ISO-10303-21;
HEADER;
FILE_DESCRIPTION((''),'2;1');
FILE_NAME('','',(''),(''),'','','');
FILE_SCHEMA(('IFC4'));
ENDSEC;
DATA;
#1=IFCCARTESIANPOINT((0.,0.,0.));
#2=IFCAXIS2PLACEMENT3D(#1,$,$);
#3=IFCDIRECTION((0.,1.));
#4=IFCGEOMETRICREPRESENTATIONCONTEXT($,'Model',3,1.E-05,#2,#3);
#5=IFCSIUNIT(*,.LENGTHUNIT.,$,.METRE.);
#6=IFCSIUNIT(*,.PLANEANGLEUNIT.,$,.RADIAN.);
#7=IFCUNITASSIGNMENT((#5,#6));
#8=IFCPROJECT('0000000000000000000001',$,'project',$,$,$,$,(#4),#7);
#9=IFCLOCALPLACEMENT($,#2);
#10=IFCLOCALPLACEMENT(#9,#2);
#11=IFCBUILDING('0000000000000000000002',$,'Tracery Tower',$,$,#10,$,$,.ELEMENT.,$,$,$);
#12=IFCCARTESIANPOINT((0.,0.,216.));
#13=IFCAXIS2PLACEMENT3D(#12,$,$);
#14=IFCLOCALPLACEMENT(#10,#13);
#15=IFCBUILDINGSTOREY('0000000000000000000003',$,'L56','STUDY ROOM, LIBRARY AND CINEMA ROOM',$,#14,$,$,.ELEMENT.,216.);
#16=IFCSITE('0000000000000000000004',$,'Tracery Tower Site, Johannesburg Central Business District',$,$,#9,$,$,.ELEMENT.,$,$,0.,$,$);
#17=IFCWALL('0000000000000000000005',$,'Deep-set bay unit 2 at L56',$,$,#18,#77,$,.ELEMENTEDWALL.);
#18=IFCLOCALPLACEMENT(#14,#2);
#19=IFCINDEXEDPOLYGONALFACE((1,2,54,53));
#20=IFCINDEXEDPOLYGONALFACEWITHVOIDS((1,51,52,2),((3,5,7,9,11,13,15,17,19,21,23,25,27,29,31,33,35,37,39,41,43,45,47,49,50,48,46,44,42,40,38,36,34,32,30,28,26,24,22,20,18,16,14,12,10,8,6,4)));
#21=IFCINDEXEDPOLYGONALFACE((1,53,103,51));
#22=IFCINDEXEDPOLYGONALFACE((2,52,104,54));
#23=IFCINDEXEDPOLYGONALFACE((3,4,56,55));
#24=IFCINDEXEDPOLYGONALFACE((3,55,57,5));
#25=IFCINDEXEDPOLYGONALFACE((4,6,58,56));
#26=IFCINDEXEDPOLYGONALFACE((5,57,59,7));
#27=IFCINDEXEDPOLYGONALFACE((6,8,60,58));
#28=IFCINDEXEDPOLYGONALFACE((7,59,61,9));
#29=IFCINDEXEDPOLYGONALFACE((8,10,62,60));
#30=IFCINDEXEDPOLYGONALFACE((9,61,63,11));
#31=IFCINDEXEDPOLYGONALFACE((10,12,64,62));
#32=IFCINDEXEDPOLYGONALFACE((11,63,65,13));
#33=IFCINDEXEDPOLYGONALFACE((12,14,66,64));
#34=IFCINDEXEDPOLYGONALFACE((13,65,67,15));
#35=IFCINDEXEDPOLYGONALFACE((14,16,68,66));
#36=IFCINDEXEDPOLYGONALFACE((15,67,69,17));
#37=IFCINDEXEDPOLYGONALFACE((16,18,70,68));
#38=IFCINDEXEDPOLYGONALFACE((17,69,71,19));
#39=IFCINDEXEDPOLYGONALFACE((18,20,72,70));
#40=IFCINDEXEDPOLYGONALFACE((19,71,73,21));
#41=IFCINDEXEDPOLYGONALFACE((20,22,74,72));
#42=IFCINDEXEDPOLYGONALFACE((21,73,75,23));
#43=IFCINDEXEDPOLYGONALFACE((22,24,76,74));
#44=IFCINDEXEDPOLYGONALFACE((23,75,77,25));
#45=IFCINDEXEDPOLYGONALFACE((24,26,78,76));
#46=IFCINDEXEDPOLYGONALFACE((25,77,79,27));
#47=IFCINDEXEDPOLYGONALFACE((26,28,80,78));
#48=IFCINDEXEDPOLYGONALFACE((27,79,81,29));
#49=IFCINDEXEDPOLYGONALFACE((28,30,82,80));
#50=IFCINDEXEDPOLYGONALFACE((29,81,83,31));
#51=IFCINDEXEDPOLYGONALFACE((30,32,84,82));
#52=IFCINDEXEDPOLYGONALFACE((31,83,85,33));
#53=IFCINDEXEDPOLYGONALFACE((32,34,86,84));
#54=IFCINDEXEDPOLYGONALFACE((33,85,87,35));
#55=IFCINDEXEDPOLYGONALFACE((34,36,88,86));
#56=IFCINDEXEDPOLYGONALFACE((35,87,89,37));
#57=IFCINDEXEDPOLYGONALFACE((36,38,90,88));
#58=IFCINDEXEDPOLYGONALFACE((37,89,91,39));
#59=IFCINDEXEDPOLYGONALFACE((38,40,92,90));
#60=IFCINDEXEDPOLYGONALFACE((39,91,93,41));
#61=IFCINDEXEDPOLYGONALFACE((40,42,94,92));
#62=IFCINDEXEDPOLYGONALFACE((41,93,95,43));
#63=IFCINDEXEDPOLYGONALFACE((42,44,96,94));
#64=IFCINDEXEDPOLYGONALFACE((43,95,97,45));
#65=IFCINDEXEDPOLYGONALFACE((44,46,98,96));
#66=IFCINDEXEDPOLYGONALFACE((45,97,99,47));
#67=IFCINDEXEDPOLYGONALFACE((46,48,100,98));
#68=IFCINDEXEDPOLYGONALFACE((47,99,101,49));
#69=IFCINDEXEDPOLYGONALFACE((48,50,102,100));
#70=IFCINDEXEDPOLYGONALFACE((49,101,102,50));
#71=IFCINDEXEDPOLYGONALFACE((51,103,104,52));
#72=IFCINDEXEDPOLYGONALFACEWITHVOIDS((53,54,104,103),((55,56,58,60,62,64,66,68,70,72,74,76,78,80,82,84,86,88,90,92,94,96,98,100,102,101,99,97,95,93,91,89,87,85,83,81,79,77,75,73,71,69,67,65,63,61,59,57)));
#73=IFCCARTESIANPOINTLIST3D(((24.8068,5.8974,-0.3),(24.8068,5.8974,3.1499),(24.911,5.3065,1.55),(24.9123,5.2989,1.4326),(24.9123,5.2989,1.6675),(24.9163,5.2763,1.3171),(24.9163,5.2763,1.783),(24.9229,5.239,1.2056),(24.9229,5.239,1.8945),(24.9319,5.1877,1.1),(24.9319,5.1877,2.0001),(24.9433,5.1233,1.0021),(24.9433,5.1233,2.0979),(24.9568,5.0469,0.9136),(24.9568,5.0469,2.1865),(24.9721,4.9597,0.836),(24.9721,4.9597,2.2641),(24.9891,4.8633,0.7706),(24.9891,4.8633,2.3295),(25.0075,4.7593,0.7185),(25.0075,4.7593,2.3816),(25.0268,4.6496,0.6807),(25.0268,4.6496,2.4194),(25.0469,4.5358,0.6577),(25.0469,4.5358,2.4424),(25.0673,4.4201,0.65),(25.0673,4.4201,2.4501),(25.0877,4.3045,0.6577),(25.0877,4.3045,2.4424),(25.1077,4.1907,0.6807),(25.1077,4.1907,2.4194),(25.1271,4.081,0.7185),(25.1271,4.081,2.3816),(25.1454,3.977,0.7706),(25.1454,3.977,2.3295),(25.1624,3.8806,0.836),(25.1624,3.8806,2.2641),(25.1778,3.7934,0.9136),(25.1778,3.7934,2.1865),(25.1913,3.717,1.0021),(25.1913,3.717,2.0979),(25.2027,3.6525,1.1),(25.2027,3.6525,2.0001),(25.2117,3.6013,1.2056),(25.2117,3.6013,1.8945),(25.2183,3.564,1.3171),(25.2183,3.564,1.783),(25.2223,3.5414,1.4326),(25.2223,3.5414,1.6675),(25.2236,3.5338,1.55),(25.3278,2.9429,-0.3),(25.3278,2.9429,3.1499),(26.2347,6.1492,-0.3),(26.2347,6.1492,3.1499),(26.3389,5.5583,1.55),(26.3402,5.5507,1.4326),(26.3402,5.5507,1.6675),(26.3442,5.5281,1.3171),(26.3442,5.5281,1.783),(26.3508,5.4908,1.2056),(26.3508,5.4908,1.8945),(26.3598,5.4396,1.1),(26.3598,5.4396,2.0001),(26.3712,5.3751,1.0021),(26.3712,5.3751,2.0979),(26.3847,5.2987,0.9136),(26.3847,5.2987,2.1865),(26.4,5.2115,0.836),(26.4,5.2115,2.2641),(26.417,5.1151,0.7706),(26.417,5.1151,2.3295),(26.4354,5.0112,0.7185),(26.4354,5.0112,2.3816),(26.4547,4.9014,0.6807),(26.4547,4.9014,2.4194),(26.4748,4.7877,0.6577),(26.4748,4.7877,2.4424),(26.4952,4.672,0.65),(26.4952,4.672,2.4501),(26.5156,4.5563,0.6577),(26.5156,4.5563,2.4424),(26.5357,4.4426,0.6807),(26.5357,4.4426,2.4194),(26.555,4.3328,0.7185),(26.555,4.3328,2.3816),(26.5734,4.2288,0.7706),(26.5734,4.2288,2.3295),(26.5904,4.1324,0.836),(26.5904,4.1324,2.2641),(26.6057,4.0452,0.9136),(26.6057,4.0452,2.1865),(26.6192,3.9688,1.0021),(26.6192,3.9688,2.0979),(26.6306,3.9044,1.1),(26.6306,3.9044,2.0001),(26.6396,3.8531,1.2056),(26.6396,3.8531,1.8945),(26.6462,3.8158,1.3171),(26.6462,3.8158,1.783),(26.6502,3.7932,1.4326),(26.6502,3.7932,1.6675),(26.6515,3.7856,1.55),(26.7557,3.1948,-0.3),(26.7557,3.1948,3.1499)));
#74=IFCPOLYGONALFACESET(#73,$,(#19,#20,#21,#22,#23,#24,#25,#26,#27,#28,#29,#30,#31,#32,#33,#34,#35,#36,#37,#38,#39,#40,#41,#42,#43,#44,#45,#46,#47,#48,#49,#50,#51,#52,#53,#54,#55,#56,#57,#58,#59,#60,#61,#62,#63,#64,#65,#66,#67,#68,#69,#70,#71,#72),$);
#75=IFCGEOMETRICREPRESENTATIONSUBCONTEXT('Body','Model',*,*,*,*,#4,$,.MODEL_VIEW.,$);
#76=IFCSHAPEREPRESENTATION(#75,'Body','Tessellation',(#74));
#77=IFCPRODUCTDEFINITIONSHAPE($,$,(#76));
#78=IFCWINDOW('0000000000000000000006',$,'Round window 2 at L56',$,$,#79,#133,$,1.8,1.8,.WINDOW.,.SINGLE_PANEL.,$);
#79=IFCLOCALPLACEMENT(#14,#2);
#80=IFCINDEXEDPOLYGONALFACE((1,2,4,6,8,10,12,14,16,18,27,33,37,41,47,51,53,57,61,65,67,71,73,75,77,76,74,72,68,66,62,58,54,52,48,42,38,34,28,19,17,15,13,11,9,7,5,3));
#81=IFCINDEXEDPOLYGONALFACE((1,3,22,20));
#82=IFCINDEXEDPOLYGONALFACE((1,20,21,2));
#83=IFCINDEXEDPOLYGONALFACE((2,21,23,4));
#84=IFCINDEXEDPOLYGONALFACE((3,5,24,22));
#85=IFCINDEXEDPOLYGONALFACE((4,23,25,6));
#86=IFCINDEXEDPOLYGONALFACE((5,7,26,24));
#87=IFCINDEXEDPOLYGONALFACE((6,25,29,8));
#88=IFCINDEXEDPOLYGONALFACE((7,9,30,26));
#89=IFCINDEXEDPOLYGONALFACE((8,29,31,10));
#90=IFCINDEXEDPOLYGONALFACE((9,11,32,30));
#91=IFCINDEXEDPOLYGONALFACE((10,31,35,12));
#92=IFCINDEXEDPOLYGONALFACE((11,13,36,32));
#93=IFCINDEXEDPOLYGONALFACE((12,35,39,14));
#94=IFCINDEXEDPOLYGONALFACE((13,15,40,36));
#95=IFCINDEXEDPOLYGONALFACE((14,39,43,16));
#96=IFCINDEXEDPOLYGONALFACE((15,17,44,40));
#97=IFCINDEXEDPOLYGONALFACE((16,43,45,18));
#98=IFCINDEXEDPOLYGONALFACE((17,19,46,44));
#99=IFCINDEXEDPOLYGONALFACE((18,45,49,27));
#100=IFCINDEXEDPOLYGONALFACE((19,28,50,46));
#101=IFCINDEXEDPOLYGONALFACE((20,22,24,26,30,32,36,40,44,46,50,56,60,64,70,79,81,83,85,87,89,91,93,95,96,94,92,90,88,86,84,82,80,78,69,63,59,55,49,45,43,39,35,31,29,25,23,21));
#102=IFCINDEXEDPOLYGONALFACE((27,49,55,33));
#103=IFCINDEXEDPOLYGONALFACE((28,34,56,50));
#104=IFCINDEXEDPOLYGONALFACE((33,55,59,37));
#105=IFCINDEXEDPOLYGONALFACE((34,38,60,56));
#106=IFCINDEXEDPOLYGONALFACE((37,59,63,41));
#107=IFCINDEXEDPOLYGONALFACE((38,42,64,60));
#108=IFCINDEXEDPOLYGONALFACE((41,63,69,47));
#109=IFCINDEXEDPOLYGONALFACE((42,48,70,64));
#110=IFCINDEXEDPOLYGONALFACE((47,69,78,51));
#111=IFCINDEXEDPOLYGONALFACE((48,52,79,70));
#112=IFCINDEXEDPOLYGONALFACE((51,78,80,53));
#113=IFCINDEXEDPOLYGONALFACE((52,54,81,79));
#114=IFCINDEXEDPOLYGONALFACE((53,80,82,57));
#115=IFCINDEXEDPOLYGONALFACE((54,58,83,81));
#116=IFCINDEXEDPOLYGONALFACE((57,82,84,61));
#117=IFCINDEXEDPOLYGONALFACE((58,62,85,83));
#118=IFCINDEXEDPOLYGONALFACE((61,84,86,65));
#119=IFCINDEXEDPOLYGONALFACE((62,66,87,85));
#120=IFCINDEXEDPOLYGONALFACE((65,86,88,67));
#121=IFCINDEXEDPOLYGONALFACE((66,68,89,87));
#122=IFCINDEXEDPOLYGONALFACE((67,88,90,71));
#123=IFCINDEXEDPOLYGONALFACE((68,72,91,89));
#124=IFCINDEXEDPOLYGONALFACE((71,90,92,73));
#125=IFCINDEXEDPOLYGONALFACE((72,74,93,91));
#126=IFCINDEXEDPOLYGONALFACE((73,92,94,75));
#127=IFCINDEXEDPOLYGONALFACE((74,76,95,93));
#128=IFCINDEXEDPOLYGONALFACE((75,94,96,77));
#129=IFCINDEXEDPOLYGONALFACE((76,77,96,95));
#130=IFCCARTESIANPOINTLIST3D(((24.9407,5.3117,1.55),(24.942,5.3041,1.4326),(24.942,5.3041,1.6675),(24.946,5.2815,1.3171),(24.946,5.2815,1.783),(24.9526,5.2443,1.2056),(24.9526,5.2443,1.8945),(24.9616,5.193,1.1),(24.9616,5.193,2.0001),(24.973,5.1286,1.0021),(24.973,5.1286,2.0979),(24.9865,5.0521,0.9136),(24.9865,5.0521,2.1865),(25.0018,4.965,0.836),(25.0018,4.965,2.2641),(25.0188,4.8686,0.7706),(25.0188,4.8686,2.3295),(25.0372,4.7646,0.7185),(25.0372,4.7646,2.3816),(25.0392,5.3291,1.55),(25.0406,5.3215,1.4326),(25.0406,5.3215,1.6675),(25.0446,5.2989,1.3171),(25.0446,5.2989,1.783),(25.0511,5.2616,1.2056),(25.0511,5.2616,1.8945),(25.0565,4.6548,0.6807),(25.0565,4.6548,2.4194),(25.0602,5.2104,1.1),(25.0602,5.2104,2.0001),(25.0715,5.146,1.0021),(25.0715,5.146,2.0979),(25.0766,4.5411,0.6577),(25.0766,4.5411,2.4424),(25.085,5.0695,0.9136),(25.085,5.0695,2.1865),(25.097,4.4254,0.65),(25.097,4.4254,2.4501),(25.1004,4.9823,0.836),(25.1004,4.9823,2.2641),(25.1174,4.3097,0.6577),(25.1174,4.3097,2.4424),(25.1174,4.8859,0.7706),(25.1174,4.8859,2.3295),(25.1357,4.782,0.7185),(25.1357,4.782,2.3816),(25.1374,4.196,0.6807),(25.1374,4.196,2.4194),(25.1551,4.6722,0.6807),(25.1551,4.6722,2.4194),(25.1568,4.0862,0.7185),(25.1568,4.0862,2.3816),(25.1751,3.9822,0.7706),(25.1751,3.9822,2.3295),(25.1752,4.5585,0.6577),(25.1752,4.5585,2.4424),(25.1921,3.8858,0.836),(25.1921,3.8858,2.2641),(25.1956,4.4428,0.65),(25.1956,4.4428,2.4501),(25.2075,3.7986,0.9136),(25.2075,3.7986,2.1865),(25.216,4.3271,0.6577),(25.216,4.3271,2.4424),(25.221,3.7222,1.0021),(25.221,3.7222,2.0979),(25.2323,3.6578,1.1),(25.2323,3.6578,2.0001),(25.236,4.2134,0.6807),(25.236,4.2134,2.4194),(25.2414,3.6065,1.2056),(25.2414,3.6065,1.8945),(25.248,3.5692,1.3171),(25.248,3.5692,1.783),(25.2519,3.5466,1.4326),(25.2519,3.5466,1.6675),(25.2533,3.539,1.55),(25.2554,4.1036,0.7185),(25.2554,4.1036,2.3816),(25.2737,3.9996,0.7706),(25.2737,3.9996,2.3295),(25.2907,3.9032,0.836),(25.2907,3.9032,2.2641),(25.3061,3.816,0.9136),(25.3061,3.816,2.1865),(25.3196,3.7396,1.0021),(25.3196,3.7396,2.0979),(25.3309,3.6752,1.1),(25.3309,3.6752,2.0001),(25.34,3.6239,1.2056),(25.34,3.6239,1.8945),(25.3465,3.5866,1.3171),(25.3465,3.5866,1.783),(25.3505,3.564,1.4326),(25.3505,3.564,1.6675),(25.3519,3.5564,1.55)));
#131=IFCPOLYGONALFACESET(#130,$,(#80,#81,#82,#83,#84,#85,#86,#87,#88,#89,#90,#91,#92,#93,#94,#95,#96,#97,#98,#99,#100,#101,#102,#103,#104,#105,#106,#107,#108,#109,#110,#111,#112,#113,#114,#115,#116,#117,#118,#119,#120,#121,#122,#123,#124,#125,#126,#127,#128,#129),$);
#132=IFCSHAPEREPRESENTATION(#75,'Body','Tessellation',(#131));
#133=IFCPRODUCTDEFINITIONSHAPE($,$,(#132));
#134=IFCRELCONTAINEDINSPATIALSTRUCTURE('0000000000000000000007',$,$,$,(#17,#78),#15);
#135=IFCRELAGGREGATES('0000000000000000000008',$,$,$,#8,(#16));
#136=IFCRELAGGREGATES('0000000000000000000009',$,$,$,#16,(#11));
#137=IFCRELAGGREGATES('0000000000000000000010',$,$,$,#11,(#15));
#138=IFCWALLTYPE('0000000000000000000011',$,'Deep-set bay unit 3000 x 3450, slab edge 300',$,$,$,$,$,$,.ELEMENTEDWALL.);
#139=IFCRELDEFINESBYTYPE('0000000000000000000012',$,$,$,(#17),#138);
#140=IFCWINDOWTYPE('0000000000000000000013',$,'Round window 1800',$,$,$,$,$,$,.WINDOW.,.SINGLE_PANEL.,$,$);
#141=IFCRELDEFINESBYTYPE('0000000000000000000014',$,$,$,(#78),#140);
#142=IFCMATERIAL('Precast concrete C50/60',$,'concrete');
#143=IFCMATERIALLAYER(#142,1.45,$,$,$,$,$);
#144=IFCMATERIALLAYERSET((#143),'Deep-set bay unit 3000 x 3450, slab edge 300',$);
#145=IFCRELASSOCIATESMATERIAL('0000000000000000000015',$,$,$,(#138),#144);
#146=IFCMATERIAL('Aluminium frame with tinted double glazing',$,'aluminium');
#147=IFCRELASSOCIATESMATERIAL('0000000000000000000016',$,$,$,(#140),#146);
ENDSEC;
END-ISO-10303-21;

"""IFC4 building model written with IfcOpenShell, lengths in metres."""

from ifc_helpers import new_model, si_unit, direction, frame, frame_2d, origin, origin_2d, place, context, subcontext, project, spatial, rectangle, circle, extrude, material, layer, layer_set, type_object, element, fill, save


model = new_model("IFC4")

# Units and contexts
model_context = context("Model", 3, precision=1e-05, world=origin(), true_north=direction((0.0, 1.0)))
body_context = subcontext(model_context, "Body", "Model", "MODEL_VIEW")
ifc_project = project(units=[si_unit("LENGTHUNIT", "METRE"), si_unit("PLANEANGLEUNIT", "RADIAN")], contexts=[model_context])

# Site, building, storey
site_placement = place(None, origin())
site = spatial("IfcSite", under=ifc_project, at=site_placement, Name="Tracery Tower Site, Johannesburg Central Business District", CompositionType="ELEMENT", RefElevation=0.0)
building_placement = place(site_placement, origin())
building = spatial("IfcBuilding", under=site, at=building_placement, Name="Tracery Tower", CompositionType="ELEMENT")
storey_placement = place(building_placement, frame((0.0, 0.0, 216.0)))
storey = spatial("IfcBuildingStorey", under=building, at=storey_placement, Name="L56", Description="STUDY ROOM, LIBRARY AND CINEMA ROOM", CompositionType="ELEMENT", Elevation=216.0)

# Wall, opening, window
ifc_material_1 = material(Name="Precast concrete C50/60", Category="concrete")
ifc_layer_1 = layer(ifc_material_1, 1.45)
ifc_layer_set_1 = layer_set([ifc_layer_1], Name="Deep-set bay unit 3000 x 3450, slab edge 300")
wall_type_1 = type_object("IfcWallType", Name="Deep-set bay unit 3000 x 3450, slab edge 300", PredefinedType="ELEMENTEDWALL", material=ifc_layer_set_1)
wall_1_placement = place(storey_placement, frame((26.0417, 3.0688, -0.3), z_axis=(0.0, 0.0, 1.0), x_axis=(-0.173669, 0.984804, 0.0)))
wall_1 = element("IfcWall", 1, at=wall_1_placement, inside=storey, type_object=wall_type_1, Name="Deep-set bay unit 2 at L56", PredefinedType="ELEMENTEDWALL", context=body_context, shape_type="SweptSolid", body=[
    extrude(rectangle(XDim=3.0, YDim=1.45, at=frame_2d((1.5, 0.0))), origin(), (0.0, 0.0, 1.0), 3.45),
])
opening_1_placement = place(wall_1_placement, frame((1.5, 0.0, 1.8501)))
opening_1 = element("IfcOpeningElement", 2, at=opening_1_placement, cuts=wall_1, PredefinedType="OPENING", context=body_context, shape_type="SweptSolid", body=[
    extrude(circle(Radius=0.9, at=origin_2d()), frame((0.0, 0.7349, 0.0), z_axis=(0.0, -1.0, 0.0), x_axis=(1.0, 0.0, 0.0)), (0.0, 0.0, 1.0), 1.47),
])
ifc_material_2 = material(Name="Aluminium frame with tinted double glazing", Category="aluminium")
window_type = type_object("IfcWindowType", Name="Round window 1800", PartitioningType="SINGLE_PANEL", PredefinedType="WINDOW", material=ifc_material_2)
window_1_placement = place(opening_1_placement, origin())
window_1 = element("IfcWindow", 3, at=window_1_placement, inside=storey, type_object=window_type, Name="Round window 2 at L56", OverallHeight=1.8, OverallWidth=1.8, PartitioningType="SINGLE_PANEL", PredefinedType="WINDOW", context=body_context, shape_type="SweptSolid", body=[
    extrude(circle(Radius=0.9, at=origin_2d()), frame((0.0, 0.6948, 0.0), z_axis=(0.0, -1.0, 0.0), x_axis=(1.0, 0.0, 0.0)), (0.0, 0.0, 1.0), 0.1001),
])
fill(opening_1, window_1)

save(model, "model.ifc")
